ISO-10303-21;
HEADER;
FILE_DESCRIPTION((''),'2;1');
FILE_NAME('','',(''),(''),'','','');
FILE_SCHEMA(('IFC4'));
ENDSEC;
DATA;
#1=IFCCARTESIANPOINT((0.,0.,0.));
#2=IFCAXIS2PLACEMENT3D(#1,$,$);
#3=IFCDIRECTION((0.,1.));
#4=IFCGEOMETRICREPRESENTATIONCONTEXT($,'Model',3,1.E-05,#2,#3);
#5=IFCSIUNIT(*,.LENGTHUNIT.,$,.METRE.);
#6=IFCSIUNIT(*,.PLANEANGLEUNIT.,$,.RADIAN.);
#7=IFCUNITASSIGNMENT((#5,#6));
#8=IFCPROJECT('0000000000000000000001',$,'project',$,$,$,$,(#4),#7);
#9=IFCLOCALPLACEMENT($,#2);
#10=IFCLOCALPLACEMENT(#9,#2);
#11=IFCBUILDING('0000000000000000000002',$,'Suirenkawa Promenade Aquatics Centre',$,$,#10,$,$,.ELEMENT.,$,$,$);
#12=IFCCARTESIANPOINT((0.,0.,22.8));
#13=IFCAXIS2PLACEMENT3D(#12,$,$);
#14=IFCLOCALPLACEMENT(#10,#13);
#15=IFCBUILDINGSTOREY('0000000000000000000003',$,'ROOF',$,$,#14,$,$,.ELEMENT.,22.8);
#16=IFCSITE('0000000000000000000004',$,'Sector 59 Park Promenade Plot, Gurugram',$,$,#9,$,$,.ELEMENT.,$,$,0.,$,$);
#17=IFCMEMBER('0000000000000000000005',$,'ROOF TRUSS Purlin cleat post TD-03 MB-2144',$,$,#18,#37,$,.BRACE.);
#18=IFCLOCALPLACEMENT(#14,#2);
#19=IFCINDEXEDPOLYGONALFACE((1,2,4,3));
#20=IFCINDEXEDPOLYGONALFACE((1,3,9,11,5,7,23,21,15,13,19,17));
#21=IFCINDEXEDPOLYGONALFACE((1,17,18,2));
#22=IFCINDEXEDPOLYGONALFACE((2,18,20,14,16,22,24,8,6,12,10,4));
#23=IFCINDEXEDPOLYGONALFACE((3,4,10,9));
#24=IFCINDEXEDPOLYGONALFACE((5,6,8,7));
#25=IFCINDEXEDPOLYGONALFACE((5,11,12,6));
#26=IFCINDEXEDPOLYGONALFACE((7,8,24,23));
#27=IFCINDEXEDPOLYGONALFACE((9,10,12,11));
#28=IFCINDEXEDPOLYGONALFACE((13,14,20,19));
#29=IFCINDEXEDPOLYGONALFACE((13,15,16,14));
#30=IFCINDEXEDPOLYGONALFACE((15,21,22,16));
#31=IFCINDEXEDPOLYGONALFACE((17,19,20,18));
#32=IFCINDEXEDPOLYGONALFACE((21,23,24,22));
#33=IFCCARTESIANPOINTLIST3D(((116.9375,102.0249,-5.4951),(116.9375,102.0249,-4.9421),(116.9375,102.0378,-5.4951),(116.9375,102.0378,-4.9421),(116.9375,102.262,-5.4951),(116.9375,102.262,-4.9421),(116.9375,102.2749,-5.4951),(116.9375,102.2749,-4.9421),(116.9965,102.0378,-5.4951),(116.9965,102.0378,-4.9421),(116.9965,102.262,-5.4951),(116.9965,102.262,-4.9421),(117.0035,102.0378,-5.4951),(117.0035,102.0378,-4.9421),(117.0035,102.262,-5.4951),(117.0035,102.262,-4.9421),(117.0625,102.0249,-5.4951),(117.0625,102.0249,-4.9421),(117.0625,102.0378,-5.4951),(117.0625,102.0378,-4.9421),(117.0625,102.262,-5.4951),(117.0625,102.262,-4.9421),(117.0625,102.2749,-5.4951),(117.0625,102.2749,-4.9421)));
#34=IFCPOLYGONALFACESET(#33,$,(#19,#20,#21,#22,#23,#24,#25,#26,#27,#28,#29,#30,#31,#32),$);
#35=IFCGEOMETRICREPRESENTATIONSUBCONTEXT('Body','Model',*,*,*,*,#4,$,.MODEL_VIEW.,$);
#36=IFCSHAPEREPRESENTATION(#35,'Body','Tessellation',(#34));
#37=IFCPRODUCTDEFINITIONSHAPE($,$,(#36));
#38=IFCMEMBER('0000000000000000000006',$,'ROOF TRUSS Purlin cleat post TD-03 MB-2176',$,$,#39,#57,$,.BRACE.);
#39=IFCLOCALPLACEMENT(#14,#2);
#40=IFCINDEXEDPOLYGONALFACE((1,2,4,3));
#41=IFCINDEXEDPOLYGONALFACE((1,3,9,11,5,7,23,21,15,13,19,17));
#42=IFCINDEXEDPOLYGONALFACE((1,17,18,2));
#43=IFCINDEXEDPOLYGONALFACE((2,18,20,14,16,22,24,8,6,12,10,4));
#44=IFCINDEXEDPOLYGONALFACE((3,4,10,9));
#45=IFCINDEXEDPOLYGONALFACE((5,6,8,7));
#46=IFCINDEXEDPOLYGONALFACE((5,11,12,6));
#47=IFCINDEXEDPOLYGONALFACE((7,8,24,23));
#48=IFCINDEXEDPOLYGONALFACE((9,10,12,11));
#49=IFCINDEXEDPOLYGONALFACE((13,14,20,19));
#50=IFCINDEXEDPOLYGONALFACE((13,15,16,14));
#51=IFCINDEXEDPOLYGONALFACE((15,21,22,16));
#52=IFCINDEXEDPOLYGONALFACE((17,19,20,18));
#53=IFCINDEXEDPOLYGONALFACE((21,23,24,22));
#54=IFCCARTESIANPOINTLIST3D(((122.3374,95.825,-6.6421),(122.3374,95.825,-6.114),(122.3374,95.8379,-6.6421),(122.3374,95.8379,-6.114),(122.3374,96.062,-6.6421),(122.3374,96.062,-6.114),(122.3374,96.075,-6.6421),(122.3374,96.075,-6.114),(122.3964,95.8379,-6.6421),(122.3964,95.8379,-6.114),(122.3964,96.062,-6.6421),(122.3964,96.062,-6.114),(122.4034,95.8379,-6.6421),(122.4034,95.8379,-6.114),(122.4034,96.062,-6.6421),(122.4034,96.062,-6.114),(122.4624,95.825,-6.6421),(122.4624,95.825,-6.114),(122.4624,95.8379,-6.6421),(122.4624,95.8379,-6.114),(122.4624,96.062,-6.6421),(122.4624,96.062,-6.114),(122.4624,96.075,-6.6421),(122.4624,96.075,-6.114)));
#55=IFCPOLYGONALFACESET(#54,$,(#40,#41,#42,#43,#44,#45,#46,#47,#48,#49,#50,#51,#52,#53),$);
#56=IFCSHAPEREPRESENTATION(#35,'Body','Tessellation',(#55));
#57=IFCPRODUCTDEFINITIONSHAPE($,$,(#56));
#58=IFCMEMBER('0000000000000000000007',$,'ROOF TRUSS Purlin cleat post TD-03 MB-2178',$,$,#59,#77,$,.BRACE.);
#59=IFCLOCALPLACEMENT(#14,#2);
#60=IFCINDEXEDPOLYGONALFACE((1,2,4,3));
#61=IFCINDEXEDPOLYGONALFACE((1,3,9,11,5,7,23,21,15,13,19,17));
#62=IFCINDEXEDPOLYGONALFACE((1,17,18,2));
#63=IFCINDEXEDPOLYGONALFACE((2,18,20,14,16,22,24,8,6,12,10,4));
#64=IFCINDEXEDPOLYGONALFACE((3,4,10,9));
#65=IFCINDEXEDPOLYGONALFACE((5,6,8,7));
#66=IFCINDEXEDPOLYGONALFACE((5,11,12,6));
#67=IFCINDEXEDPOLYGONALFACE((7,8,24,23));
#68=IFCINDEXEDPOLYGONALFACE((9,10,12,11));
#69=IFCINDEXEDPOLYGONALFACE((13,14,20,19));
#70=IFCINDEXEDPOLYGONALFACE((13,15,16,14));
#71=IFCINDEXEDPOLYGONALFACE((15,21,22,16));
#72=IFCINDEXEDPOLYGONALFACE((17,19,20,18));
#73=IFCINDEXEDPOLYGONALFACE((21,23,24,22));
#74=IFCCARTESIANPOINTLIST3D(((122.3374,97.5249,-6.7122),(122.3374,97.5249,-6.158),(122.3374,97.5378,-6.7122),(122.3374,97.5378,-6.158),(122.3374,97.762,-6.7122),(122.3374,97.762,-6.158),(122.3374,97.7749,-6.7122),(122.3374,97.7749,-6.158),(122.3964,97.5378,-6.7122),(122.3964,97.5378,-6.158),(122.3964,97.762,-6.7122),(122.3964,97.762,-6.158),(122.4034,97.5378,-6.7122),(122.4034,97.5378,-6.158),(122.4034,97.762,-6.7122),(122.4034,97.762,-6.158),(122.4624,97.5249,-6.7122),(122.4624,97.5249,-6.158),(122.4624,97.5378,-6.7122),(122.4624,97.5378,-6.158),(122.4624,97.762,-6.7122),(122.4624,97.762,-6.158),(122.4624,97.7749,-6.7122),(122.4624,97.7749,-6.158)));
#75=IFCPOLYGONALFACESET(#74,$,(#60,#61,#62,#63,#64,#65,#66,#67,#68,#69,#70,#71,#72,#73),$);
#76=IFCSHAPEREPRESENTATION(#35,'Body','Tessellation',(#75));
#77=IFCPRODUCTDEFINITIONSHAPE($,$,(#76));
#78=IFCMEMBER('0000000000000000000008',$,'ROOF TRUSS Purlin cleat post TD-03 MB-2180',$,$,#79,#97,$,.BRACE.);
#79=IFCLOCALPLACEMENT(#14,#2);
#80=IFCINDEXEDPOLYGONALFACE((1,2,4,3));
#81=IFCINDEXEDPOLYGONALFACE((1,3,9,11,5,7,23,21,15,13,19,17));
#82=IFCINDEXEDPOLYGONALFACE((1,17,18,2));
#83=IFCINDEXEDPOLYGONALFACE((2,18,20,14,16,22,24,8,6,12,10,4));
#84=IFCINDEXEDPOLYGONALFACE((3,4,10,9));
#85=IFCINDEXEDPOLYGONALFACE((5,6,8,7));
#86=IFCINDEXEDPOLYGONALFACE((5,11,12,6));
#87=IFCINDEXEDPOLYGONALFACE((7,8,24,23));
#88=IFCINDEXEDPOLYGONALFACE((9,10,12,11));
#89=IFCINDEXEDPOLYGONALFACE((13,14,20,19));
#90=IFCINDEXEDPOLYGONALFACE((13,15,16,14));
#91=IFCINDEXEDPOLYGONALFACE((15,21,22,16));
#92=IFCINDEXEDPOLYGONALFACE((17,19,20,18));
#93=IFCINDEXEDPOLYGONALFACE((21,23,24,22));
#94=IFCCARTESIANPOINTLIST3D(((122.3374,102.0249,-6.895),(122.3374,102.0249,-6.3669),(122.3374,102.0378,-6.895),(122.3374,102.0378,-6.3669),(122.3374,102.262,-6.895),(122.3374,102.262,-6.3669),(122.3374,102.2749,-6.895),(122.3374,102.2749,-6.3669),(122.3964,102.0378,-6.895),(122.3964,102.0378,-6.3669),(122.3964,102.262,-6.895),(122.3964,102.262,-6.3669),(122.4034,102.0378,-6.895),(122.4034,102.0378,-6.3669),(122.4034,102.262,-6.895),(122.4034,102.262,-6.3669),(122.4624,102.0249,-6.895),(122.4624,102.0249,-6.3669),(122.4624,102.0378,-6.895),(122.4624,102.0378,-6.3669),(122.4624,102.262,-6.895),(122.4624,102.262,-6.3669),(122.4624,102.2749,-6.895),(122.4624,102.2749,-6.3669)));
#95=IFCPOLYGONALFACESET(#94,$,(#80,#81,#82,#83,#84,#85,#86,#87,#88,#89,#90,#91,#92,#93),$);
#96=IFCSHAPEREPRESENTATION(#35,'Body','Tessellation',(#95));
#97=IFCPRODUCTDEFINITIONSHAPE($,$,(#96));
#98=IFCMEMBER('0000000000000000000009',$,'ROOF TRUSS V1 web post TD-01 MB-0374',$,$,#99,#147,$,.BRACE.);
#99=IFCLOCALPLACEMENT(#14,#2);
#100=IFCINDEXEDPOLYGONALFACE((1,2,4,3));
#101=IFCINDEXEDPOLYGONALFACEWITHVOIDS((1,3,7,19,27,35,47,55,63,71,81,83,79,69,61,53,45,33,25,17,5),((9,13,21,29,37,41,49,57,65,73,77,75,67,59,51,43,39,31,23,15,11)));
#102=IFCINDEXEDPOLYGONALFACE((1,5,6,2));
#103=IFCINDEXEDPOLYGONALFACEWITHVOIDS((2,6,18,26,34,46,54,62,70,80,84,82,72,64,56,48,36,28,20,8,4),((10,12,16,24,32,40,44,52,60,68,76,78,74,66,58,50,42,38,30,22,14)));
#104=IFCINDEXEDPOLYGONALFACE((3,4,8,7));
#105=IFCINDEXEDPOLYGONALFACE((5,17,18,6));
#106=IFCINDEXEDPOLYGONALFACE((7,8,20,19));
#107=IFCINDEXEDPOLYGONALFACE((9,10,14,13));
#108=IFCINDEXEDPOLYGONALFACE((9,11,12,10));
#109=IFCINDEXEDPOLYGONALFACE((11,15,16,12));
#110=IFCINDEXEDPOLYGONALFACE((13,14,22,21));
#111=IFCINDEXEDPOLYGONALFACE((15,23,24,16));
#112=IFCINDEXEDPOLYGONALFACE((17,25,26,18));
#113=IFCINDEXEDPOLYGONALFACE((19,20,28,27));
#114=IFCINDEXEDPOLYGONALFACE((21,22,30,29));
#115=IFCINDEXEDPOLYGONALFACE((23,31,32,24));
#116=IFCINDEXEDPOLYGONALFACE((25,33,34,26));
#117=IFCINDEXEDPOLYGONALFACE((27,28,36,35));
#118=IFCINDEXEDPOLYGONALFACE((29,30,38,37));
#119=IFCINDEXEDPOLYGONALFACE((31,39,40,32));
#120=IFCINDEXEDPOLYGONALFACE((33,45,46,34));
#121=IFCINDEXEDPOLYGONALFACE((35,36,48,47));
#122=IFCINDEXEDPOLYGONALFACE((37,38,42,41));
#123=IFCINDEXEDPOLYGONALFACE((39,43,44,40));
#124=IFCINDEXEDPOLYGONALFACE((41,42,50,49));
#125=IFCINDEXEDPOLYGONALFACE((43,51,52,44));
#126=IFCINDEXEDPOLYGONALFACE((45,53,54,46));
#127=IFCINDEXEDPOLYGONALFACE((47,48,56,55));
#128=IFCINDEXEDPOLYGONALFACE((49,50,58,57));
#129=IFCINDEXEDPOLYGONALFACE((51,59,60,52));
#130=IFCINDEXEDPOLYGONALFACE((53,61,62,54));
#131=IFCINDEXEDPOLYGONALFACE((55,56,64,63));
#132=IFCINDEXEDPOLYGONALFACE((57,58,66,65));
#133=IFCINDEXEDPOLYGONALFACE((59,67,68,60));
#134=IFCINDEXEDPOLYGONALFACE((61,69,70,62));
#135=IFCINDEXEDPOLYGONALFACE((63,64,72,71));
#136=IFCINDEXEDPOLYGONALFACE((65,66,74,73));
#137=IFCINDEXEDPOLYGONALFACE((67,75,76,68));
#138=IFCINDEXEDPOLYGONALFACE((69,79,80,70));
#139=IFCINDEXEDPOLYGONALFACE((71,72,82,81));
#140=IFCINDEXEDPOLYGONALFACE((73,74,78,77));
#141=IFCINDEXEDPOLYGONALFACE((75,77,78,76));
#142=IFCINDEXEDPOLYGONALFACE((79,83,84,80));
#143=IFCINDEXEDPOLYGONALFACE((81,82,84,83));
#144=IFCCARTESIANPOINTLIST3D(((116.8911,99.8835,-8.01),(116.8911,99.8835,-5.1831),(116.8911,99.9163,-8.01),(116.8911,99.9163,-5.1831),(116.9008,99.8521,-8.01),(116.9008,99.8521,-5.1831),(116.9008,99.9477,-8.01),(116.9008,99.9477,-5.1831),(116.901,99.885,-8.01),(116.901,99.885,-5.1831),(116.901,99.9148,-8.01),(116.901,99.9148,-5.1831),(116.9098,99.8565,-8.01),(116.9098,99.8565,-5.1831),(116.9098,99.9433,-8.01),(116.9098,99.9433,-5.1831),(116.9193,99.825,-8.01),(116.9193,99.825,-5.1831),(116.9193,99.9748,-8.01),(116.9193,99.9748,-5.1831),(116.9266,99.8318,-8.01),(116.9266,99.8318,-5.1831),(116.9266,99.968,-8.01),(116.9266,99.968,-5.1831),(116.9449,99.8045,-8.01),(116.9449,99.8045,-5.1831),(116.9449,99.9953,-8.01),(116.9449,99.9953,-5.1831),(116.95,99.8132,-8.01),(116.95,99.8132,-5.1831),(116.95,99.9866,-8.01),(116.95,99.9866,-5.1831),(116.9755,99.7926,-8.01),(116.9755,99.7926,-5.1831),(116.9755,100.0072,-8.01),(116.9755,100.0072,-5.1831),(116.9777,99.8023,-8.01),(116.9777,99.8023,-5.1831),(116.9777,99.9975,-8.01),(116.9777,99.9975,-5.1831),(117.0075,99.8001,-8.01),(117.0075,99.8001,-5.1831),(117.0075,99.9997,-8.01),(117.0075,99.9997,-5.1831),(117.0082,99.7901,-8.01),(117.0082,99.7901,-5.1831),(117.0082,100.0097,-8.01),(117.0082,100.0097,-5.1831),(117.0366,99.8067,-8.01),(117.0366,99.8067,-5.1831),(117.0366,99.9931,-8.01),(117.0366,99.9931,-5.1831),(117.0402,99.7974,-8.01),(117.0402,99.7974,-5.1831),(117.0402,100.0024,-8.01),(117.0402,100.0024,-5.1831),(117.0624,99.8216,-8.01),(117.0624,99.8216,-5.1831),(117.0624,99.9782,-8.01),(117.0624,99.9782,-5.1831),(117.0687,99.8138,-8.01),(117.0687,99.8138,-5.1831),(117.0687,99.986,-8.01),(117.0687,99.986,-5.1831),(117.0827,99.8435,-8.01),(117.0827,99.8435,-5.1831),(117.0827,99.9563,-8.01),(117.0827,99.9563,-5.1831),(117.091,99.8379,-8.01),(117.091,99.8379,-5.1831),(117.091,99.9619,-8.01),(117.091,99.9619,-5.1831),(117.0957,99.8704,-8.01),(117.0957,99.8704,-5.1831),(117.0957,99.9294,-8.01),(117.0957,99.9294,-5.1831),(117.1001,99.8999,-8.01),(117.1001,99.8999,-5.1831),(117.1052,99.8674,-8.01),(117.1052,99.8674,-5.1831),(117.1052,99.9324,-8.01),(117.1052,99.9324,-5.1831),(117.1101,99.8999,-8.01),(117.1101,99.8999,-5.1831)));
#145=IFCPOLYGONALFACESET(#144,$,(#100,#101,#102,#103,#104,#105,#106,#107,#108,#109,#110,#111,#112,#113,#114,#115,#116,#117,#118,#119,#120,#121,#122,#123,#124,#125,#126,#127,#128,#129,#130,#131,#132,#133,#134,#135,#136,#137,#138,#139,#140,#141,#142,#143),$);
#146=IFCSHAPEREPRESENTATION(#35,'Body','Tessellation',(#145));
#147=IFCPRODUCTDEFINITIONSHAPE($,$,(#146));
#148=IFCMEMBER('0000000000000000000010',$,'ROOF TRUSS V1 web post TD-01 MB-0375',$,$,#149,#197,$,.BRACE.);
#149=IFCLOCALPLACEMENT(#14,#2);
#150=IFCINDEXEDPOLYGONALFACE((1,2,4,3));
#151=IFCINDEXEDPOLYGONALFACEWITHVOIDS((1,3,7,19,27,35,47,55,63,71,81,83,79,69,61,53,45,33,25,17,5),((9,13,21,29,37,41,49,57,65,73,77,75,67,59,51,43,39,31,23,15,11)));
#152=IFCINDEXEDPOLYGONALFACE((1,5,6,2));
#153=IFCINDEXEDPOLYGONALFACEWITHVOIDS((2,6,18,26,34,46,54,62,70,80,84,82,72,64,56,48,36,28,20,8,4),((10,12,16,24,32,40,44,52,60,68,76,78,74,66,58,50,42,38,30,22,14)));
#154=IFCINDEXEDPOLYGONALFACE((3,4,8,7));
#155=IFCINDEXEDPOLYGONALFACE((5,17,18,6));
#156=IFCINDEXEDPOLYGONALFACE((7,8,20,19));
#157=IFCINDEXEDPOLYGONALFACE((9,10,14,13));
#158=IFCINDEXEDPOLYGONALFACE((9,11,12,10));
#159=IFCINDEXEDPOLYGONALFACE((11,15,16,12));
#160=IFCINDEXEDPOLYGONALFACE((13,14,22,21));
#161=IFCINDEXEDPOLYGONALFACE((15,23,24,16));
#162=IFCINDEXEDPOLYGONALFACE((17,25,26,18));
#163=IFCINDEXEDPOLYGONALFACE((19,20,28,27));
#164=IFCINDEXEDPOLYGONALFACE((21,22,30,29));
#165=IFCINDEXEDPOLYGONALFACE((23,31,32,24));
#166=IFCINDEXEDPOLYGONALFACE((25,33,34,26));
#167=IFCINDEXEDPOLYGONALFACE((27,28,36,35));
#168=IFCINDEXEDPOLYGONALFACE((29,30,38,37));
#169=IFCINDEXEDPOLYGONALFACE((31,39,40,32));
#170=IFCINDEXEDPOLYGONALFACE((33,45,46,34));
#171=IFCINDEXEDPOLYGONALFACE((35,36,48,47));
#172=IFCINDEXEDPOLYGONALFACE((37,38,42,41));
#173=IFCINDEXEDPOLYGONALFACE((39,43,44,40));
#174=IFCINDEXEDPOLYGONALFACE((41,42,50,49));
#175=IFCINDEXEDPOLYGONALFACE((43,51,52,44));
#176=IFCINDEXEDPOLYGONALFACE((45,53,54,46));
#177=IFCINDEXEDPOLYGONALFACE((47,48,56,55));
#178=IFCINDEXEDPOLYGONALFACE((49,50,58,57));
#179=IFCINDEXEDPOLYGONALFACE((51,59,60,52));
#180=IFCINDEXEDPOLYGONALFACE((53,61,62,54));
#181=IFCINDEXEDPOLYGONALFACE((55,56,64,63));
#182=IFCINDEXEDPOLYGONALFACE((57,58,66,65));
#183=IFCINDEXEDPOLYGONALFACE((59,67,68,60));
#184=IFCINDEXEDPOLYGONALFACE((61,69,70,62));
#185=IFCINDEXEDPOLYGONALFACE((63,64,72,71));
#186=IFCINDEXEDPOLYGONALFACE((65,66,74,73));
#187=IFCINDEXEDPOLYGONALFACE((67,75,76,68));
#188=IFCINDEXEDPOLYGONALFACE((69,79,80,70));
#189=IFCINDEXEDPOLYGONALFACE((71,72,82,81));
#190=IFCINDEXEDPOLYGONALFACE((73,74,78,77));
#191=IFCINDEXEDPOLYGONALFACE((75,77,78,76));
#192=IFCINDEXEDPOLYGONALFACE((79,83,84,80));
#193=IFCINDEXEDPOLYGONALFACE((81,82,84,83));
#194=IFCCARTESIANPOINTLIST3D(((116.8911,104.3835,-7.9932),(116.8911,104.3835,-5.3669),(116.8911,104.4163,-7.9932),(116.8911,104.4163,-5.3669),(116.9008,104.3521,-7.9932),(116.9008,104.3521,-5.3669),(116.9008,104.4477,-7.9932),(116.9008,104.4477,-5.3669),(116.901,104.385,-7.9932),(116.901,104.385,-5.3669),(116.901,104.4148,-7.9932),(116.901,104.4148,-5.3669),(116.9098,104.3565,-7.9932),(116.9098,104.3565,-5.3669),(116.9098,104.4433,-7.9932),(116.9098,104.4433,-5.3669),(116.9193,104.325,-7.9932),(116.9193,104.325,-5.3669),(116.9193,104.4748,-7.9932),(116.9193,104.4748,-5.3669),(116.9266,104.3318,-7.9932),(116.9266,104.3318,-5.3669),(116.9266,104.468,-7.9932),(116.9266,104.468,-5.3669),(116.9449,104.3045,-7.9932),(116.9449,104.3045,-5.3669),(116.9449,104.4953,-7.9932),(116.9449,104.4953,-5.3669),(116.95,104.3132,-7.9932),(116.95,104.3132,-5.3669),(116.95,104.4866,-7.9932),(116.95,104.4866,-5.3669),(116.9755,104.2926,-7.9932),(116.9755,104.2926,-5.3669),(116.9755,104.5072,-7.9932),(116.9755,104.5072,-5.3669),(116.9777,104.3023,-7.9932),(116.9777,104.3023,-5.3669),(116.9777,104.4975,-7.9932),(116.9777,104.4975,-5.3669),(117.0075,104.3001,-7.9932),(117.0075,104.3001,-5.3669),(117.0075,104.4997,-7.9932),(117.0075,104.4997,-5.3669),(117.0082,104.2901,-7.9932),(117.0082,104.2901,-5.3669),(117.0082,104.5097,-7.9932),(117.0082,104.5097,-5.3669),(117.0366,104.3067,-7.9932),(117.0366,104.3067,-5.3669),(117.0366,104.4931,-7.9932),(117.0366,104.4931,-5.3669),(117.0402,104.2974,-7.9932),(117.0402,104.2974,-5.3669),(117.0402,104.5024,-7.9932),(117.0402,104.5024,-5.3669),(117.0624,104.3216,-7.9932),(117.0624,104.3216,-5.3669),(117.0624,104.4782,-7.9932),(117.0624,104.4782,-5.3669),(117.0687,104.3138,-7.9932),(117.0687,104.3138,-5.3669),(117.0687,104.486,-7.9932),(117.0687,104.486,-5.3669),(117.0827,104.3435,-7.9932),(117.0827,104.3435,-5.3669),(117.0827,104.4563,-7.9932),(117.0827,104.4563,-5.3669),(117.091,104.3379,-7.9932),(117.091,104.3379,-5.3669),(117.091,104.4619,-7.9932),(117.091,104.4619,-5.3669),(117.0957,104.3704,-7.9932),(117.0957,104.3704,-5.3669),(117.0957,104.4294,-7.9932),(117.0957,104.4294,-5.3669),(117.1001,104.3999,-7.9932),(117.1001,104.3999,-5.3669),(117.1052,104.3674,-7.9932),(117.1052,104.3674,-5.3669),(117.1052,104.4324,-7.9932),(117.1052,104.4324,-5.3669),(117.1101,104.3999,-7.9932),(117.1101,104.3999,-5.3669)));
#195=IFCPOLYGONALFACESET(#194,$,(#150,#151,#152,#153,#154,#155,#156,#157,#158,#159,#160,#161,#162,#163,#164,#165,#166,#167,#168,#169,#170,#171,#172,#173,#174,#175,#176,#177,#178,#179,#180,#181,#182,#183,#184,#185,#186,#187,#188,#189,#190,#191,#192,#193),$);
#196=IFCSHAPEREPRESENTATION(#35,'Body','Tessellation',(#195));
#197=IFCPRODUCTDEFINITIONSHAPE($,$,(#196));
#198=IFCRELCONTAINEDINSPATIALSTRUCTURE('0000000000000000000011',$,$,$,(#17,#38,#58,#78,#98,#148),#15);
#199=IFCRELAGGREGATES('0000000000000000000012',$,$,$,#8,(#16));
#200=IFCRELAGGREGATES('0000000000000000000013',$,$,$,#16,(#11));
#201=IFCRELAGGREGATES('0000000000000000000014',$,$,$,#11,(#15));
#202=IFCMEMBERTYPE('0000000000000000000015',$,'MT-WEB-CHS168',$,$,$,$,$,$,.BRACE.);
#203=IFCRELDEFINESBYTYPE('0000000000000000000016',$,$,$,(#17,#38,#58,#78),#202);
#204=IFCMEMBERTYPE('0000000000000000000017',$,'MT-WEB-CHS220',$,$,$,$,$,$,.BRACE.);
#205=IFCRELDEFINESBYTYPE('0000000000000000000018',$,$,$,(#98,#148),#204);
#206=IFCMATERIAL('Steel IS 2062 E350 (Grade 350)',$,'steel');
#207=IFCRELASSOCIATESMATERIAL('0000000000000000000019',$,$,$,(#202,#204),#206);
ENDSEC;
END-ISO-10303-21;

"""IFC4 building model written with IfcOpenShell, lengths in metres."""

from ifc_helpers import new_model, si_unit, direction, frame, origin, origin_2d, place, context, subcontext, project, spatial, hollow_circle, i_section, extrude, material, material_profile, profile_set, type_object, element, save


model = new_model("IFC4")

# Units and contexts
model_context = context("Model", 3, precision=1e-05, world=origin(), true_north=direction((0.0, 1.0)))
body_context = subcontext(model_context, "Body", "Model", "MODEL_VIEW")
ifc_project = project(units=[si_unit("LENGTHUNIT", "METRE"), si_unit("PLANEANGLEUNIT", "RADIAN")], contexts=[model_context])

# Site, building, storey
site_placement = place(None, origin())
site = spatial("IfcSite", under=ifc_project, at=site_placement, Name="Sector 59 Park Promenade Plot, Gurugram", CompositionType="ELEMENT", RefElevation=0.0)
building_placement = place(site_placement, origin())
building = spatial("IfcBuilding", under=site, at=building_placement, Name="Suirenkawa Promenade Aquatics Centre", CompositionType="ELEMENT")
storey_placement = place(building_placement, frame((0.0, 0.0, 22.8)))
storey = spatial("IfcBuildingStorey", under=building, at=storey_placement, Name="ROOF", CompositionType="ELEMENT", Elevation=22.8)

# Shared definitions
ifc_material = material(Name="Steel IS 2062 E350 (Grade 350)", Category="steel")

# Members
ifc_material_profile_1 = material_profile(ifc_material, i_section(OverallWidth=0.125, OverallDepth=0.25, WebThickness=0.0071, FlangeThickness=0.0129, at=origin_2d()), Name="ISMB 250", Category="steel")
ifc_profile_set_1 = profile_set([ifc_material_profile_1], Name="Steel IS 2062 E350 (Grade 350)")
member_type_1 = type_object("IfcMemberType", Name="MT-WEB-CHS168", PredefinedType="BRACE", material=ifc_profile_set_1)
member_1_placement = place(storey_placement, frame((117.0, 102.1499, -5.4951), z_axis=(0.0, 0.0, 1.0), x_axis=(1.0, 0.0, 0.0)))
element("IfcMember", 1, at=member_1_placement, inside=storey, type_object=member_type_1, Name="ROOF TRUSS Purlin cleat post TD-03 MB-2144", PredefinedType="BRACE", context=body_context, shape_type="SweptSolid", body=[
    extrude(i_section(OverallWidth=0.125, OverallDepth=0.25, WebThickness=0.0071, FlangeThickness=0.0129, at=origin_2d()), origin(), (0.0, 0.0, 1.0), 0.553),
])
member_2_placement = place(storey_placement, frame((122.3999, 95.95, -6.6421), z_axis=(0.0, 0.0, 1.0), x_axis=(1.0, 0.0, 0.0)))
element("IfcMember", 2, at=member_2_placement, inside=storey, type_object=member_type_1, Name="ROOF TRUSS Purlin cleat post TD-03 MB-2176", PredefinedType="BRACE", context=body_context, shape_type="SweptSolid", body=[
    extrude(i_section(OverallWidth=0.125, OverallDepth=0.25, WebThickness=0.0071, FlangeThickness=0.0129, at=origin_2d()), origin(), (0.0, 0.0, 1.0), 0.5281),
])
member_3_placement = place(storey_placement, frame((122.3999, 97.6499, -6.7122), z_axis=(0.0, 0.0, 1.0), x_axis=(1.0, 0.0, 0.0)))
element("IfcMember", 3, at=member_3_placement, inside=storey, type_object=member_type_1, Name="ROOF TRUSS Purlin cleat post TD-03 MB-2178", PredefinedType="BRACE", context=body_context, shape_type="SweptSolid", body=[
    extrude(i_section(OverallWidth=0.125, OverallDepth=0.25, WebThickness=0.0071, FlangeThickness=0.0129, at=origin_2d()), origin(), (0.0, 0.0, 1.0), 0.5542),
])
member_4_placement = place(storey_placement, frame((122.3999, 102.1499, -6.895), z_axis=(0.0, 0.0, 1.0), x_axis=(1.0, 0.0, 0.0)))
element("IfcMember", 4, at=member_4_placement, inside=storey, type_object=member_type_1, Name="ROOF TRUSS Purlin cleat post TD-03 MB-2180", PredefinedType="BRACE", context=body_context, shape_type="SweptSolid", body=[
    extrude(i_section(OverallWidth=0.125, OverallDepth=0.25, WebThickness=0.0071, FlangeThickness=0.0129, at=origin_2d()), origin(), (0.0, 0.0, 1.0), 0.5281),
])
ifc_material_profile_2 = material_profile(ifc_material, hollow_circle(Radius=0.1101, WallThickness=0.01, at=origin_2d()), Name="CHS 220x10", Category="steel")
ifc_profile_set_2 = profile_set([ifc_material_profile_2], Name="Steel IS 2062 E350 (Grade 350)")
member_type_2 = type_object("IfcMemberType", Name="MT-WEB-CHS220", PredefinedType="BRACE", material=ifc_profile_set_2)
member_5_placement = place(storey_placement, frame((117.0, 99.8999, -8.01), z_axis=(0.0, 0.0, 1.0), x_axis=(1.0, 0.0, 0.0)))
element("IfcMember", 5, at=member_5_placement, inside=storey, type_object=member_type_2, Name="ROOF TRUSS V1 web post TD-01 MB-0374", PredefinedType="BRACE", context=body_context, shape_type="SweptSolid", body=[
    extrude(hollow_circle(Radius=0.1101, WallThickness=0.01, at=origin_2d()), origin(), (0.0, 0.0, 1.0), 2.8269),
])
member_6_placement = place(storey_placement, frame((117.0, 104.3999, -7.9932), z_axis=(0.0, 0.0, 1.0), x_axis=(1.0, 0.0, 0.0)))
element("IfcMember", 6, at=member_6_placement, inside=storey, type_object=member_type_2, Name="ROOF TRUSS V1 web post TD-01 MB-0375", PredefinedType="BRACE", context=body_context, shape_type="SweptSolid", body=[
    extrude(hollow_circle(Radius=0.1101, WallThickness=0.01, at=origin_2d()), origin(), (0.0, 0.0, 1.0), 2.6262),
])

save(model, "model.ifc")
